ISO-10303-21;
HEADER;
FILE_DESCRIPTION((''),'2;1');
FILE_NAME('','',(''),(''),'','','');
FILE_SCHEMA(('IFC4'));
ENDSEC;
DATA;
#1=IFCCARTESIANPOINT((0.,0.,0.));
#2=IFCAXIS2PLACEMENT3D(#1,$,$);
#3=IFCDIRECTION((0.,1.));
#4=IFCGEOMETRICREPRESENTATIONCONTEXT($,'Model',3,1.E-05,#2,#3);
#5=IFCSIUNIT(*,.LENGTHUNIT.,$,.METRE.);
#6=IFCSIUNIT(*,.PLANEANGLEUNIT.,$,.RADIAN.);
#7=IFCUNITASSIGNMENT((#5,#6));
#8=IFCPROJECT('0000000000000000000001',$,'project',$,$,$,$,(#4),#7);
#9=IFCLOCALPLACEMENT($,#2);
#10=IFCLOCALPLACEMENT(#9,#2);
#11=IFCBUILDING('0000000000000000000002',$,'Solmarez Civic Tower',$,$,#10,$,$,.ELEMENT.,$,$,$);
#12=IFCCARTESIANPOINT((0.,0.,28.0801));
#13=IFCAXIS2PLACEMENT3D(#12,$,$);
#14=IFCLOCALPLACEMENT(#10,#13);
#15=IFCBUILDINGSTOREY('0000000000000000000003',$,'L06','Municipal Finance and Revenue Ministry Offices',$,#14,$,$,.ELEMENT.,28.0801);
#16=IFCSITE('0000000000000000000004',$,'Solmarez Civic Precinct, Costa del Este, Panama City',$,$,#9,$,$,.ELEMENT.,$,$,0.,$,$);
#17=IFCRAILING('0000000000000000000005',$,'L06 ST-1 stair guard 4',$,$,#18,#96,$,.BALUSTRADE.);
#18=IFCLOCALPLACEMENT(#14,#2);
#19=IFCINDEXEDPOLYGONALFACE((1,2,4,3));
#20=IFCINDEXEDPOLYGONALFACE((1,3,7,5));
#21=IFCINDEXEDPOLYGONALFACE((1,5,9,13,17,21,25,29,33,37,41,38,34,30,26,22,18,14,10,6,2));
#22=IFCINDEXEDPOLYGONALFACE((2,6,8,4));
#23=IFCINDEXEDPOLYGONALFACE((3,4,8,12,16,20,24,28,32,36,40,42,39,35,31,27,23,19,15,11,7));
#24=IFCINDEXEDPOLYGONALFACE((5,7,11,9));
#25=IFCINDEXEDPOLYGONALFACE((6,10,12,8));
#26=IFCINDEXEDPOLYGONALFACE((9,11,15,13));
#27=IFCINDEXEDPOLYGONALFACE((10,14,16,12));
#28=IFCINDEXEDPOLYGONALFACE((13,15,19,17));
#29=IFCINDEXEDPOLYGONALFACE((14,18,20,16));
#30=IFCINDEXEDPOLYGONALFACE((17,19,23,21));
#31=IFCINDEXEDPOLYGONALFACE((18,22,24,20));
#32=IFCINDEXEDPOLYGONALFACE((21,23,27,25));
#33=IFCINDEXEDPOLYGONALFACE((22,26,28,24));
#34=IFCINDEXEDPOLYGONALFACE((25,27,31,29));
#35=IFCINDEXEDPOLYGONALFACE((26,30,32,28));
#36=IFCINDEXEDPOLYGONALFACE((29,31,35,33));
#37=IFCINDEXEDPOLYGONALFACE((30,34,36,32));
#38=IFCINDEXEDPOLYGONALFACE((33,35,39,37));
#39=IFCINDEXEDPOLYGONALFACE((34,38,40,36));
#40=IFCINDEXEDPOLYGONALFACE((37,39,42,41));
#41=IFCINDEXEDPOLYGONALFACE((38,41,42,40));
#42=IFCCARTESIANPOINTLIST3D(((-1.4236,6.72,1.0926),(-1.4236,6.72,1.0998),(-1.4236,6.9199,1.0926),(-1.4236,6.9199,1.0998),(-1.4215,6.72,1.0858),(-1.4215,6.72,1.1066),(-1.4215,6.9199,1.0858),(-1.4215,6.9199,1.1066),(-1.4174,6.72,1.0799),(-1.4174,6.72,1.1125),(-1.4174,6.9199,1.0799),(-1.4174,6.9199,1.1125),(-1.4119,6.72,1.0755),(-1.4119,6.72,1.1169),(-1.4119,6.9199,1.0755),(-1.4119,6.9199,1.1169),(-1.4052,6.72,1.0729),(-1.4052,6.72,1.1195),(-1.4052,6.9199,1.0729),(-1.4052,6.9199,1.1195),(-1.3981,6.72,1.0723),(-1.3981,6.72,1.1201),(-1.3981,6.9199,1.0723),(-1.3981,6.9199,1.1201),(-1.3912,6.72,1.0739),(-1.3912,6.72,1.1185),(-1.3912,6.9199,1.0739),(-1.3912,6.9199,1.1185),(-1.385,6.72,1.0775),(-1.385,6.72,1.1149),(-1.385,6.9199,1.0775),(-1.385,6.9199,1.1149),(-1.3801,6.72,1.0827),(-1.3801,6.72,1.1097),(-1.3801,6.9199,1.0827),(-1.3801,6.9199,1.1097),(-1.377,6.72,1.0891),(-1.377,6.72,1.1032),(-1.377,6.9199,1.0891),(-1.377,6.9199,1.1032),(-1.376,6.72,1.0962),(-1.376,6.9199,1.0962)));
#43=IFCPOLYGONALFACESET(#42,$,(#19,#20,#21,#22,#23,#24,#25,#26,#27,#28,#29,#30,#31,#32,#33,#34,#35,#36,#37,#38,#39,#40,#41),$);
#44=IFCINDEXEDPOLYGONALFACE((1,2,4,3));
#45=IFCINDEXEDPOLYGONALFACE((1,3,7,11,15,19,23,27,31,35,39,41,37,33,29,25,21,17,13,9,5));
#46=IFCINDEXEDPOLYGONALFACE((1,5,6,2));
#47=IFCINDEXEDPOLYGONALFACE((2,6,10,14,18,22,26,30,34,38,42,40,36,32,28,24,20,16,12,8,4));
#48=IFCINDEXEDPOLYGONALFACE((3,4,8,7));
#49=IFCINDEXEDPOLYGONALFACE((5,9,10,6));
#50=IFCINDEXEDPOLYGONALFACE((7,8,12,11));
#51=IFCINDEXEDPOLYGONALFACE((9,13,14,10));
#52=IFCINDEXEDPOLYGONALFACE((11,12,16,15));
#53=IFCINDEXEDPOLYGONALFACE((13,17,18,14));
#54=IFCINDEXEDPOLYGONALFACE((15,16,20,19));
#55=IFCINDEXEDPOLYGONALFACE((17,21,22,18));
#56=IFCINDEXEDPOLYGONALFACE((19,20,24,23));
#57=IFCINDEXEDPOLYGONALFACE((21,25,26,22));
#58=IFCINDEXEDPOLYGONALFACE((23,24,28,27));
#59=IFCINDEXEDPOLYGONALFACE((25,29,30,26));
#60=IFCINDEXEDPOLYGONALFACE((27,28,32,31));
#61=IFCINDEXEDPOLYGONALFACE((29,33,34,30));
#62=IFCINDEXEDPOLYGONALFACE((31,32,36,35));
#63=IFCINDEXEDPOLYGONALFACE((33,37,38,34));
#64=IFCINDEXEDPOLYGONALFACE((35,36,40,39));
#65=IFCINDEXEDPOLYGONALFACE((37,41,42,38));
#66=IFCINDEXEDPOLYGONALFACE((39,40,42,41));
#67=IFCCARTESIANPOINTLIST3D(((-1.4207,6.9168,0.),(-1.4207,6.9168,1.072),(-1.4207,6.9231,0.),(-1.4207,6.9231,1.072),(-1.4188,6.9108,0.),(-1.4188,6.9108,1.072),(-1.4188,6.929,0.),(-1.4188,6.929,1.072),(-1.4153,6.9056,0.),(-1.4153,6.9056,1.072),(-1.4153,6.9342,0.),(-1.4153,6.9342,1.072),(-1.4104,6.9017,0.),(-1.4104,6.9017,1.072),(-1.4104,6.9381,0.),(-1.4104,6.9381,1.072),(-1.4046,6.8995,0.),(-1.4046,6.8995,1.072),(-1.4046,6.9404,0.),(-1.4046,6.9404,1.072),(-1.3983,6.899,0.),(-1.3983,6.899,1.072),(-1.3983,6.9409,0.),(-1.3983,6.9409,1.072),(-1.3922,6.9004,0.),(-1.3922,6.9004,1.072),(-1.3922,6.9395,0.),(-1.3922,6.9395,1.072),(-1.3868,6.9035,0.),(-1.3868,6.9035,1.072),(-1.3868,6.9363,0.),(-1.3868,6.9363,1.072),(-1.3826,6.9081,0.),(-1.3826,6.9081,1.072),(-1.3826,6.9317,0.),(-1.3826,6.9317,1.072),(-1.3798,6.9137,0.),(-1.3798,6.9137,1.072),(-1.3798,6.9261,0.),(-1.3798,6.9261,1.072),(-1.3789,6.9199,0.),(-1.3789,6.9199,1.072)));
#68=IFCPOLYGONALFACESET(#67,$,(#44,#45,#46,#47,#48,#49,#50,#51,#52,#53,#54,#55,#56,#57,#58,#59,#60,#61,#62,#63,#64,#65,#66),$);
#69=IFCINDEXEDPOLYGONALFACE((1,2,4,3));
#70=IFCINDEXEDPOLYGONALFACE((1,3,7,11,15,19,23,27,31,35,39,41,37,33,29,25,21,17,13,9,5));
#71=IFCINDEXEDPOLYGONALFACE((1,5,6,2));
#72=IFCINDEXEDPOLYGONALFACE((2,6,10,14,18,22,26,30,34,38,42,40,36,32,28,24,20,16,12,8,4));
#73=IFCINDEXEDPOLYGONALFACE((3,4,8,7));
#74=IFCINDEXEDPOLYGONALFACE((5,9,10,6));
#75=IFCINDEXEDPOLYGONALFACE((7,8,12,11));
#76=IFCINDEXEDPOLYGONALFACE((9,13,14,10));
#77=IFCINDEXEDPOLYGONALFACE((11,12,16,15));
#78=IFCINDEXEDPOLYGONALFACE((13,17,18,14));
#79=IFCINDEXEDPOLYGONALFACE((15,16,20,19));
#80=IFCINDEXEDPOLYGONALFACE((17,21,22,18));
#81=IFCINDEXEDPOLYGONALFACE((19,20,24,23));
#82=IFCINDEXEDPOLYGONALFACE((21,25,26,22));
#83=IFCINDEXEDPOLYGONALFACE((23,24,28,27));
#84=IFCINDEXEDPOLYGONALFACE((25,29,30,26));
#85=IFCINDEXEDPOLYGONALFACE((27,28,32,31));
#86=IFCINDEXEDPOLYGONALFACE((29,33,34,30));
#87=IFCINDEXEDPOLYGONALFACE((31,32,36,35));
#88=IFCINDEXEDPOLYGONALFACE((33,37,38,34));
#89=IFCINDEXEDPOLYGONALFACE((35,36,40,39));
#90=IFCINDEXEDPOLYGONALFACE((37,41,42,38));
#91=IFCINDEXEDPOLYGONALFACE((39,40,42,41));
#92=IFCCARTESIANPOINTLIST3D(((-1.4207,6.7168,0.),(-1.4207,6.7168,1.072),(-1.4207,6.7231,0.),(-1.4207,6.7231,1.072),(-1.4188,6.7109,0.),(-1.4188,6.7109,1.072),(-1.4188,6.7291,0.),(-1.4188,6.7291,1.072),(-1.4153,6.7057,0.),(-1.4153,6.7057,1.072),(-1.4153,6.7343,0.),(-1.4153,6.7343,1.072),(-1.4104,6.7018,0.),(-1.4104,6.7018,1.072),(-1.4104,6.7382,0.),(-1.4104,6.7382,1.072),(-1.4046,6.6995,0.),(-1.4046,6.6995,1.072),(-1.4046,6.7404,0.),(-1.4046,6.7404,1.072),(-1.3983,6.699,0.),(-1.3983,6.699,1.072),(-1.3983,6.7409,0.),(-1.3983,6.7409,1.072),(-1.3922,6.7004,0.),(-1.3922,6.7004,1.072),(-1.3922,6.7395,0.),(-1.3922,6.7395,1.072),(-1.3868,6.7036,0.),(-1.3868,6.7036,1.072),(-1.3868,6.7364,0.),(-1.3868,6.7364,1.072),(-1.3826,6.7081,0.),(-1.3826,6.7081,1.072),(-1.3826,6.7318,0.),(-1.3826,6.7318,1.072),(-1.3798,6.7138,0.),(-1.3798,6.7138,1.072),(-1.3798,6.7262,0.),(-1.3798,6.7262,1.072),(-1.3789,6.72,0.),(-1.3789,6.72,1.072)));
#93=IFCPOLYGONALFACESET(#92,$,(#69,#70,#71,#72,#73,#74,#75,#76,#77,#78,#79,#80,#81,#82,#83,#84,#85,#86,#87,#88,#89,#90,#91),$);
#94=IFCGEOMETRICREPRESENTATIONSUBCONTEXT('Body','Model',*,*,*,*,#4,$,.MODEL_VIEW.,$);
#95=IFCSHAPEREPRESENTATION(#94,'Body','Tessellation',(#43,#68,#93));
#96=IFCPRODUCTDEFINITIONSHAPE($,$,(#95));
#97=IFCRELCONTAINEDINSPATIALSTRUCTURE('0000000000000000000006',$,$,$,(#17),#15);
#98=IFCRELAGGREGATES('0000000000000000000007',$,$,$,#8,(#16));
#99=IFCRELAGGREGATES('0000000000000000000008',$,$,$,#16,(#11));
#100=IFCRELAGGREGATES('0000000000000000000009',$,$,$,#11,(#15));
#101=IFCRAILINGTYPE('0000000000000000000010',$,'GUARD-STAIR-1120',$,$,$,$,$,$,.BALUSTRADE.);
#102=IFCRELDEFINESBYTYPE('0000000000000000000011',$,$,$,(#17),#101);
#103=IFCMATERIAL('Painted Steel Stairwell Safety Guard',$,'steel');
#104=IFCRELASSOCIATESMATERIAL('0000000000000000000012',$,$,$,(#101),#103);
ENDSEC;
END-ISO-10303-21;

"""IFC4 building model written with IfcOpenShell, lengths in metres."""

from ifc_helpers import new_model, si_unit, direction, frame, origin, origin_2d, place, context, subcontext, project, spatial, circle, extrude, material, type_object, element, save


model = new_model("IFC4")

# Units and contexts
model_context = context("Model", 3, precision=1e-05, world=origin(), true_north=direction((0.0, 1.0)))
body_context = subcontext(model_context, "Body", "Model", "MODEL_VIEW")
ifc_project = project(units=[si_unit("LENGTHUNIT", "METRE"), si_unit("PLANEANGLEUNIT", "RADIAN")], contexts=[model_context])

# Site, building, storey
site_placement = place(None, origin())
site = spatial("IfcSite", under=ifc_project, at=site_placement, Name="Solmarez Civic Precinct, Costa del Este, Panama City", CompositionType="ELEMENT", RefElevation=0.0)
building_placement = place(site_placement, origin())
building = spatial("IfcBuilding", under=site, at=building_placement, Name="Solmarez Civic Tower", CompositionType="ELEMENT")
storey_placement = place(building_placement, frame((0.0, 0.0, 28.0801)))
storey = spatial("IfcBuildingStorey", under=building, at=storey_placement, Name="L06", Description="Municipal Finance and Revenue Ministry Offices", CompositionType="ELEMENT", Elevation=28.0801)

# Railing
ifc_material_1 = material(Name="Painted Steel Stairwell Safety Guard", Category="steel")
railing_type_1 = type_object("IfcRailingType", Name="GUARD-STAIR-1120", PredefinedType="BALUSTRADE", material=ifc_material_1)
railing_1_placement = place(storey_placement, frame((-1.3999, 6.9199, 0.0)))
element("IfcRailing", 1, at=railing_1_placement, inside=storey, type_object=railing_type_1, Name="L06 ST-1 stair guard 4", PredefinedType="BALUSTRADE", context=body_context, shape_type="SweptSolid", body=[
    extrude(circle(Radius=0.0239, at=origin_2d()), frame((0.0, 0.0, 1.0962), z_axis=(0.0, -1.0, 0.0), x_axis=(1.0, 0.0, 0.0)), (0.0, 0.0, 1.0), 0.2),
    extrude(circle(Radius=0.021, at=origin_2d()), origin(), (0.0, 0.0, 1.0), 1.072),
    extrude(circle(Radius=0.021, at=origin_2d()), frame((0.0, -0.2, 0.0)), (0.0, 0.0, 1.0), 1.072),
])

save(model, "model.ifc")
